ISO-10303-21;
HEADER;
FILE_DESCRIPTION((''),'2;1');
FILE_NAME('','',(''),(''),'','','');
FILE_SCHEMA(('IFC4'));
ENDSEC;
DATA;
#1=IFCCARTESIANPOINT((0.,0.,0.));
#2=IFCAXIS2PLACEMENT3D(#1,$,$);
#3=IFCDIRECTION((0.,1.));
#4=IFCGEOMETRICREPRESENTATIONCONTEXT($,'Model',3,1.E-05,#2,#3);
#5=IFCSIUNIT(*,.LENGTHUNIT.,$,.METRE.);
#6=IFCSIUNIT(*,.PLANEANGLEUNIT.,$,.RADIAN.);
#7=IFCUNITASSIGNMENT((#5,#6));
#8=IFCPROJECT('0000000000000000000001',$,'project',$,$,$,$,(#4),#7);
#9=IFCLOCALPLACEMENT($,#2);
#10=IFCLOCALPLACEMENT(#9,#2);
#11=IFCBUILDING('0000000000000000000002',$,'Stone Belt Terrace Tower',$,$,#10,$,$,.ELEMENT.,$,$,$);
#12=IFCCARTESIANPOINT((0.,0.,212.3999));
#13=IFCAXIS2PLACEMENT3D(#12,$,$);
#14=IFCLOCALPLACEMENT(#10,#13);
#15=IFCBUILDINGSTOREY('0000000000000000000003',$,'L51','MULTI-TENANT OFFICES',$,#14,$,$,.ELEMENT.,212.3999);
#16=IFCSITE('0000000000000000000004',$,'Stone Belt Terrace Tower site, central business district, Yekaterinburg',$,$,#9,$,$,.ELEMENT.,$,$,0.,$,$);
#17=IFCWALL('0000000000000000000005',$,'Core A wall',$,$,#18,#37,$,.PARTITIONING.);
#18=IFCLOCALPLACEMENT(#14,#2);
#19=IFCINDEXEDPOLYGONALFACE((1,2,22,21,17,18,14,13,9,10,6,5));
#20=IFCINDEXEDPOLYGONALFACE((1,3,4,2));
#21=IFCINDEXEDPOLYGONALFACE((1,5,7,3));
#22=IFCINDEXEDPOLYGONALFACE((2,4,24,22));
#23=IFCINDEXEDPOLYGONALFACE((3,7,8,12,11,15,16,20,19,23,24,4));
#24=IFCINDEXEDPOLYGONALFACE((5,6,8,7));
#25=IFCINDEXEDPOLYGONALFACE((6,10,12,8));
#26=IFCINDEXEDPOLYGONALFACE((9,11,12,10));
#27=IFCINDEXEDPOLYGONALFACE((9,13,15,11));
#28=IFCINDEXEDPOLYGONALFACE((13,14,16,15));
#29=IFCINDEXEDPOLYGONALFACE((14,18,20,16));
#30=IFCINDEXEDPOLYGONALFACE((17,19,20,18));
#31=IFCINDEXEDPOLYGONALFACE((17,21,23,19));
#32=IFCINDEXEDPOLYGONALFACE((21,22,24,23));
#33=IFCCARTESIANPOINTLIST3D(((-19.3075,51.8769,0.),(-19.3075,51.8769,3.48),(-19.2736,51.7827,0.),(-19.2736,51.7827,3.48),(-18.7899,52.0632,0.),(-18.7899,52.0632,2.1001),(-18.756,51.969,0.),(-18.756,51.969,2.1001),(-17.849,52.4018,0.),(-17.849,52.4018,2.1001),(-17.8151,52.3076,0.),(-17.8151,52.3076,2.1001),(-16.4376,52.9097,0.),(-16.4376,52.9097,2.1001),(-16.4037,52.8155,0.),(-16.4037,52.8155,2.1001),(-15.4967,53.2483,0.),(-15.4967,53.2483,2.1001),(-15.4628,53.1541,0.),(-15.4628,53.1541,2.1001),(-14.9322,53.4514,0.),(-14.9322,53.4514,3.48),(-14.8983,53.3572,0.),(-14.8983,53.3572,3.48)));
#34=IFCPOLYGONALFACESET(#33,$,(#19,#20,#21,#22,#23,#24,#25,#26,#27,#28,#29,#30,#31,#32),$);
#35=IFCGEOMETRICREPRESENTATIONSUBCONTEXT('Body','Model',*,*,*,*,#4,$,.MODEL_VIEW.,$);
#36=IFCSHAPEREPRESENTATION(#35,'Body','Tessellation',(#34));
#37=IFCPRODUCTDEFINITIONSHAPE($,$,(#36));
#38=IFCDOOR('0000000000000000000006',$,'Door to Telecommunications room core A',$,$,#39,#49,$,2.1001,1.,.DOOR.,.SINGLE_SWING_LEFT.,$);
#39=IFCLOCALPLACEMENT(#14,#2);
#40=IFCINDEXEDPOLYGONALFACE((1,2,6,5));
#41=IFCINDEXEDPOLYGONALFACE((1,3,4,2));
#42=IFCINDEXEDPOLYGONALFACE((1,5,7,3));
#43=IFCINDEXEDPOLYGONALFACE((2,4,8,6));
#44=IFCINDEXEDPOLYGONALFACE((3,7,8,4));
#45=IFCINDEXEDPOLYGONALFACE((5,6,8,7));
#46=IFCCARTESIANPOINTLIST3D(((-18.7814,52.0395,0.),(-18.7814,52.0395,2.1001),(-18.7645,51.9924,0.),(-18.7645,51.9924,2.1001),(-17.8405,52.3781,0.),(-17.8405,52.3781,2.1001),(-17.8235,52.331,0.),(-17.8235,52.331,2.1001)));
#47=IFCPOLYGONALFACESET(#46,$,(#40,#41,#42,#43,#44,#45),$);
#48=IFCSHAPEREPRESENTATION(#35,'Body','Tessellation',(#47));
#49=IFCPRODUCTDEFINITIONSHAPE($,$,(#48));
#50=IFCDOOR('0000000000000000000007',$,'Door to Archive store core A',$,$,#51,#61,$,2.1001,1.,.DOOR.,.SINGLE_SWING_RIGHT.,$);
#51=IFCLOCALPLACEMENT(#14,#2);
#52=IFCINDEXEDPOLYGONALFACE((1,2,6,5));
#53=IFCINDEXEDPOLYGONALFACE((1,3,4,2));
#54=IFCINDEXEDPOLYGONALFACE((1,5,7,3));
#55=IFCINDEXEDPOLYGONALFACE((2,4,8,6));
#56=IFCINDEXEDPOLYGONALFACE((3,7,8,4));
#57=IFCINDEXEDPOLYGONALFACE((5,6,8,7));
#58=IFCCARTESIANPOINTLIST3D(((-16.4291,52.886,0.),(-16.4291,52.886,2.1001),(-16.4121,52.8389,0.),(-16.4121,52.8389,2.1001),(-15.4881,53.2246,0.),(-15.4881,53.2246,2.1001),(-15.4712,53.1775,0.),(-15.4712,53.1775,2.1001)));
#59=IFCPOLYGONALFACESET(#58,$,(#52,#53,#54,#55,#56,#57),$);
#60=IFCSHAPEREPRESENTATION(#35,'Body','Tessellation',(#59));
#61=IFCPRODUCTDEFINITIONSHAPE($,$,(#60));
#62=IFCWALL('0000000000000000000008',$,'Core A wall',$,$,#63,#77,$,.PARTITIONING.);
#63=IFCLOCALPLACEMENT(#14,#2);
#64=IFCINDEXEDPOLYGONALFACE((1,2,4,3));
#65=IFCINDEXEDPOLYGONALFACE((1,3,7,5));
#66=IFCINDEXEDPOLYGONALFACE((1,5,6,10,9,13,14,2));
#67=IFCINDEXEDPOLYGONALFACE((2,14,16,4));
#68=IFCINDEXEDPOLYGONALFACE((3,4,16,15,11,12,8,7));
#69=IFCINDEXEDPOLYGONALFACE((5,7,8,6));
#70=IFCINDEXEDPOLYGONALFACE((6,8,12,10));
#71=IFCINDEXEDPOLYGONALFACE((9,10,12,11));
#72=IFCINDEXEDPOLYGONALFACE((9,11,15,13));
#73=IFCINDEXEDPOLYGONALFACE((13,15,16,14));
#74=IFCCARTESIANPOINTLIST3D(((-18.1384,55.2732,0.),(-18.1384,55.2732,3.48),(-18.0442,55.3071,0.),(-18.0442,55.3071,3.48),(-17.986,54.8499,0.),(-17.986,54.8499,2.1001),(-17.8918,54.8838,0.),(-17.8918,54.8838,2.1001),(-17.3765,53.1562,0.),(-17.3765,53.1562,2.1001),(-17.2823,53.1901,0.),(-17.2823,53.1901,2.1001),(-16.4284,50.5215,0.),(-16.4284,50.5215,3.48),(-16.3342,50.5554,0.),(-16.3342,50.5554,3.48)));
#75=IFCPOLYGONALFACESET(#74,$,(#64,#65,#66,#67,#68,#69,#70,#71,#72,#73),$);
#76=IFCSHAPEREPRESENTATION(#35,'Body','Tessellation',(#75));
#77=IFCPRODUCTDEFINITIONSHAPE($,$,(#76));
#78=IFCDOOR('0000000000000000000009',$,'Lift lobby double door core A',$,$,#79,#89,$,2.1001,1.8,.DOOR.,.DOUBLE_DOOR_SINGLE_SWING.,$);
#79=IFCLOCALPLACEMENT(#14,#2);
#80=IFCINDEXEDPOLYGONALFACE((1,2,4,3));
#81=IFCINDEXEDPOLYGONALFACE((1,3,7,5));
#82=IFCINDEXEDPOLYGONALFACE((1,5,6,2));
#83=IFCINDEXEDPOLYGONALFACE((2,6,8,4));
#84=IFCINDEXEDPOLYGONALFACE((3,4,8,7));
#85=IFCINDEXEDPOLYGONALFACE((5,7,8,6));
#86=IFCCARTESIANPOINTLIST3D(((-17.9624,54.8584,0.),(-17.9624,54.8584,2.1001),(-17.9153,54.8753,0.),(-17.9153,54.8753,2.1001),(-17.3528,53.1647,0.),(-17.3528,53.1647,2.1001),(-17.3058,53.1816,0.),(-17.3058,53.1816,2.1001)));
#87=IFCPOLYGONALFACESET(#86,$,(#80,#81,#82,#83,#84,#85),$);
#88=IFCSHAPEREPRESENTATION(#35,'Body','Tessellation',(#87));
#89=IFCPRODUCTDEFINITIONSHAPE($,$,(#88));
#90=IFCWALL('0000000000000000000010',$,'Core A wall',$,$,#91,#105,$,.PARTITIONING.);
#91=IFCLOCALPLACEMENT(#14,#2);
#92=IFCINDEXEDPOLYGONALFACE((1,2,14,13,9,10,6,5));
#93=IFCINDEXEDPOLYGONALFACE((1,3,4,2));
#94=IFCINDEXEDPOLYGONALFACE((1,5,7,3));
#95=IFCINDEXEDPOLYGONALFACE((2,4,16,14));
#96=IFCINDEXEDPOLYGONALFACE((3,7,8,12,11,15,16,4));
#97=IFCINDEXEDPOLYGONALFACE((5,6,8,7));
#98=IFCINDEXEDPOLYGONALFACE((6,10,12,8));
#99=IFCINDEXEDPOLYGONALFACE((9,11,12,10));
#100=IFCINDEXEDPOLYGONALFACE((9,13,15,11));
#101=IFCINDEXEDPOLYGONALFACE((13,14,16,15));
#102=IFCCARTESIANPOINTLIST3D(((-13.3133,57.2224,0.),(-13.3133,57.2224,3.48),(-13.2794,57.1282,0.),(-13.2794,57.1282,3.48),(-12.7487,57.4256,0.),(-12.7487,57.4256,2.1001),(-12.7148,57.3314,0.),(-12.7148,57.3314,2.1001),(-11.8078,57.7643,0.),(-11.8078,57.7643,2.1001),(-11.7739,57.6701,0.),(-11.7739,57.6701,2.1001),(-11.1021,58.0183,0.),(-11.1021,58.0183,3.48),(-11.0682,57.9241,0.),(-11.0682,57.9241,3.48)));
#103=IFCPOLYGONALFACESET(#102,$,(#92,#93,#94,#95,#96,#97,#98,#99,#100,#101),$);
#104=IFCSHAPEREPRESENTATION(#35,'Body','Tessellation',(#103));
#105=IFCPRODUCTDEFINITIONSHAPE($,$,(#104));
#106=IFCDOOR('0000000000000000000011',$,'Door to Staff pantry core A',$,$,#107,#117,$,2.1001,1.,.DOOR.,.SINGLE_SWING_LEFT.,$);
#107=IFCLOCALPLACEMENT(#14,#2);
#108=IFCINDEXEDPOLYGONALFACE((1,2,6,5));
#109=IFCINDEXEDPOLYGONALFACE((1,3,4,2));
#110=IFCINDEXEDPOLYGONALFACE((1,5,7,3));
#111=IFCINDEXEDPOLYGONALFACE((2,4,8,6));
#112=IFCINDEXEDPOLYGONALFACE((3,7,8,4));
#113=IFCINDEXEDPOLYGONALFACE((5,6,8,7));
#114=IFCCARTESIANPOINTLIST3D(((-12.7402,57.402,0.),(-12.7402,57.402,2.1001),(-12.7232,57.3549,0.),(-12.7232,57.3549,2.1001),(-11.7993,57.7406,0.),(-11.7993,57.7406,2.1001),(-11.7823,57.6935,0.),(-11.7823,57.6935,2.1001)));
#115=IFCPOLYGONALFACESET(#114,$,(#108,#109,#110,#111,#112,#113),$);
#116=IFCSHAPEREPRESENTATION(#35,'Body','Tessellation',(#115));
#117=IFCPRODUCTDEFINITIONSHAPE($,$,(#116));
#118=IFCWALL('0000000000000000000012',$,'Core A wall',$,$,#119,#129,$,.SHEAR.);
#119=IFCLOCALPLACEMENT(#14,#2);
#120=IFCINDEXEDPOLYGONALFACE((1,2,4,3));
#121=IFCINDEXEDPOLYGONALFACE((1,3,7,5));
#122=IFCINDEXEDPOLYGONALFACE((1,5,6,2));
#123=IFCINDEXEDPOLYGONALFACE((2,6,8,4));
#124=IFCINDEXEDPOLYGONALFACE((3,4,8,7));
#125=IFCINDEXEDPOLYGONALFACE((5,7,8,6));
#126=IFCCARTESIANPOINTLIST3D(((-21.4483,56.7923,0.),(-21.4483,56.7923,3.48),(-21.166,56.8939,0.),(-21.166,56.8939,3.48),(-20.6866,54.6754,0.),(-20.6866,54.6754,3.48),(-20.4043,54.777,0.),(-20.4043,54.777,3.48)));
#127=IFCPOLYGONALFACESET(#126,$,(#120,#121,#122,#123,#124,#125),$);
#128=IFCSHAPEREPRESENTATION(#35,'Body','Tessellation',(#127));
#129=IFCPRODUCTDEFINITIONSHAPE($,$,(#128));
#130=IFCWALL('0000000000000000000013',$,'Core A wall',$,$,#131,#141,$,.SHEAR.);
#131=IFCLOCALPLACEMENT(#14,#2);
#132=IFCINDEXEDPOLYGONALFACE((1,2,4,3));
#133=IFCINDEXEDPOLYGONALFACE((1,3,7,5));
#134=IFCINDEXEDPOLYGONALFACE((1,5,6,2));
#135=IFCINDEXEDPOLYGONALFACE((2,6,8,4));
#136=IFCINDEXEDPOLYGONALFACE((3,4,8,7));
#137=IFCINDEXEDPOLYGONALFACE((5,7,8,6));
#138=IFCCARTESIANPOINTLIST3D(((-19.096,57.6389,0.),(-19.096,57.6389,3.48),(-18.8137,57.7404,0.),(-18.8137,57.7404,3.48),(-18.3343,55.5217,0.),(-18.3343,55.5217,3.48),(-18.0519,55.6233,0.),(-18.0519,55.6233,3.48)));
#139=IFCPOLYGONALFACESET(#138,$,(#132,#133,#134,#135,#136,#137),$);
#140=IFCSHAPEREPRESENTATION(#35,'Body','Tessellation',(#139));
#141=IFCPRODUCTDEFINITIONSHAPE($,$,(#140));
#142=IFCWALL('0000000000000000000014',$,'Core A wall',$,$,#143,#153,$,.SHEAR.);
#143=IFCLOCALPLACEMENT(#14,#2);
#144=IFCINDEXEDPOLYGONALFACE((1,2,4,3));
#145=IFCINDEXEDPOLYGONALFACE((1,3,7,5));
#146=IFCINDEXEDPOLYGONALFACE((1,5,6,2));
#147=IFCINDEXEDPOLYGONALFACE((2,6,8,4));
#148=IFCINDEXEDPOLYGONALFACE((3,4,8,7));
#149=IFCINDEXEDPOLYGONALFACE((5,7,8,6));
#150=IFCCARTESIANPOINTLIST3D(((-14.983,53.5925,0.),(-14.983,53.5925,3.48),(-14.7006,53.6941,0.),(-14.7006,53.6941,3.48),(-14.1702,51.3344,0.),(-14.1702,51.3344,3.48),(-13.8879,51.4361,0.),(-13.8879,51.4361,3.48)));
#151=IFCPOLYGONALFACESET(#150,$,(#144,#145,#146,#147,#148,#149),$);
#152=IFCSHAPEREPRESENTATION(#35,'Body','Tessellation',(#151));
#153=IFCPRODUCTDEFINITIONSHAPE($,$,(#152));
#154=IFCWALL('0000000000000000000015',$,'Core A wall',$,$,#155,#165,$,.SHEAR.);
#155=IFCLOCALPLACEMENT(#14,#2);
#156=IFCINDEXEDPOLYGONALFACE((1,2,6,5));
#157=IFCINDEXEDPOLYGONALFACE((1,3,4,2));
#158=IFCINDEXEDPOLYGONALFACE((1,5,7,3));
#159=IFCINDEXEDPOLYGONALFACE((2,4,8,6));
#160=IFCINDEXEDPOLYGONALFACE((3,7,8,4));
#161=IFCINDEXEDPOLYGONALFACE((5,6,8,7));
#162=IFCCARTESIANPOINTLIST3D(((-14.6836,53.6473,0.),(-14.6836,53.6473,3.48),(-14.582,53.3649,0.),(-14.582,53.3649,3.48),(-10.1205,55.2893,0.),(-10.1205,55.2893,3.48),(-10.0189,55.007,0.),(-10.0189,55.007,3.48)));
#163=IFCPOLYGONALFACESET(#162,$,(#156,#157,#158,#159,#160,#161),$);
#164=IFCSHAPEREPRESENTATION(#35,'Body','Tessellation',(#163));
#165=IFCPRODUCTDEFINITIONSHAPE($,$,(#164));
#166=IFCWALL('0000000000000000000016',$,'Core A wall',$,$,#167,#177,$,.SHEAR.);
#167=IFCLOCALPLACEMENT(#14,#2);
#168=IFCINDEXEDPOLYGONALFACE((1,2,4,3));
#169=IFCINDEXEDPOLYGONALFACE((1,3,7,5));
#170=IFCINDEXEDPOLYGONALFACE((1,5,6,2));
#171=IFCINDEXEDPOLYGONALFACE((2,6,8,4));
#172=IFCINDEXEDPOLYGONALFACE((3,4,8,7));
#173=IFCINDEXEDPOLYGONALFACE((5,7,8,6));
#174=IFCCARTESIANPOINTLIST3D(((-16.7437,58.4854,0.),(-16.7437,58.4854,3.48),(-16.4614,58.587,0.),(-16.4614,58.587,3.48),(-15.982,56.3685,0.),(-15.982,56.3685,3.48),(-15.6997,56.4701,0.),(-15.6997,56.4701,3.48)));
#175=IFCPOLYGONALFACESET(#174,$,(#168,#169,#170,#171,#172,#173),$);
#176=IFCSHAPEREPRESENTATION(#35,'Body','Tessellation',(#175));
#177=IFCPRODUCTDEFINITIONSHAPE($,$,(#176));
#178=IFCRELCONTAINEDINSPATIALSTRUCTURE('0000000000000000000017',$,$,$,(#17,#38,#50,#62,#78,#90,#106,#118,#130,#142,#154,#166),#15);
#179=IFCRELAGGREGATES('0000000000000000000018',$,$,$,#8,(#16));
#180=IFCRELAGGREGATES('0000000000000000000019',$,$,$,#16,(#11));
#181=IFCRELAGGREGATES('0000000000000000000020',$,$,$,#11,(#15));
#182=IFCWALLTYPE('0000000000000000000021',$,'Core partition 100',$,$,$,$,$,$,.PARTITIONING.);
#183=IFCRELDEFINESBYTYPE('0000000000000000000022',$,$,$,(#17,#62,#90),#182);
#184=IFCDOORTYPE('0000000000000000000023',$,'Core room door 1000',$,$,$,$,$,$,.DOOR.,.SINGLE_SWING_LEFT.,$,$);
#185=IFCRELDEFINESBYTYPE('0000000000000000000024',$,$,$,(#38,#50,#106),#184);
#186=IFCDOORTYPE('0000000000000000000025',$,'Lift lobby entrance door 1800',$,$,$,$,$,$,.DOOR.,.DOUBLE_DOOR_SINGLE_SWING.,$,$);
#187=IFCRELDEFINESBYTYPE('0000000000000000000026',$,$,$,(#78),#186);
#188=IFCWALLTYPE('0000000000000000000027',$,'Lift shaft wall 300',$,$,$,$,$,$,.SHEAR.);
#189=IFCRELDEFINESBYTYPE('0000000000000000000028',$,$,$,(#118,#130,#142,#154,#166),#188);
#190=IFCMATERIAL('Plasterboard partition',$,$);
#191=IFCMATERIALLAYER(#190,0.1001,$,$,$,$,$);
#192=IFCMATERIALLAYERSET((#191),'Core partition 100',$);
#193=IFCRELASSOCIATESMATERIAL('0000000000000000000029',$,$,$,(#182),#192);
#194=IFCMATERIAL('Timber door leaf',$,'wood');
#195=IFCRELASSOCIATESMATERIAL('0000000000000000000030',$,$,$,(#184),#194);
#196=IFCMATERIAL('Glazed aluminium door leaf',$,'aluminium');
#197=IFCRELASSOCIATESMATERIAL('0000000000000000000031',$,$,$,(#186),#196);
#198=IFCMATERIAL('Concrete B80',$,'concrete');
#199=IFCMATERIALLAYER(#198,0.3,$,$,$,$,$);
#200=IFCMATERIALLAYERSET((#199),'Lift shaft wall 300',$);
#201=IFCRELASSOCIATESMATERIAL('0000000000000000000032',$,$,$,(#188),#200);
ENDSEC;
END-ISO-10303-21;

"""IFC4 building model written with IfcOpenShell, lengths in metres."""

from ifc_helpers import new_model, si_unit, direction, frame, frame_2d, origin, place, context, subcontext, project, spatial, rectangle, extrude, material, layer, layer_set, type_object, element, fill, save


model = new_model("IFC4")

# Units and contexts
model_context = context("Model", 3, precision=1e-05, world=origin(), true_north=direction((0.0, 1.0)))
body_context = subcontext(model_context, "Body", "Model", "MODEL_VIEW")
ifc_project = project(units=[si_unit("LENGTHUNIT", "METRE"), si_unit("PLANEANGLEUNIT", "RADIAN")], contexts=[model_context])

# Site, building, storey
site_placement = place(None, origin())
site = spatial("IfcSite", under=ifc_project, at=site_placement, Name="Stone Belt Terrace Tower site, central business district, Yekaterinburg", CompositionType="ELEMENT", RefElevation=0.0)
building_placement = place(site_placement, origin())
building = spatial("IfcBuilding", under=site, at=building_placement, Name="Stone Belt Terrace Tower", CompositionType="ELEMENT")
storey_placement = place(building_placement, frame((0.0, 0.0, 212.3999)))
storey = spatial("IfcBuildingStorey", under=building, at=storey_placement, Name="L51", Description="MULTI-TENANT OFFICES", CompositionType="ELEMENT", Elevation=212.3999)

# Wall, openings, doors
ifc_material_1 = material(Name="Plasterboard partition")
ifc_layer_1 = layer(ifc_material_1, 0.1001)
ifc_layer_set_1 = layer_set([ifc_layer_1], Name="Core partition 100")
wall_type_1 = type_object("IfcWallType", Name="Core partition 100", PredefinedType="PARTITIONING", material=ifc_layer_set_1)
wall_1_placement = place(storey_placement, frame((-19.2905, 51.8298, 0.0), z_axis=(0.0, 0.0, 1.0), x_axis=(0.94093, 0.3386, 0.0)))
wall_1 = element("IfcWall", 1, at=wall_1_placement, inside=storey, type_object=wall_type_1, Name="Core A wall", PredefinedType="PARTITIONING", context=body_context, shape_type="SweptSolid", body=[
    extrude(rectangle(XDim=4.6499, YDim=0.1001, at=frame_2d((2.325, 0.0))), origin(), (0.0, 0.0, 1.0), 3.48),
])
opening_1_placement = place(wall_1_placement, frame((0.55, 0.0, 0.0)))
opening_1 = element("IfcOpeningElement", 2, at=opening_1_placement, cuts=wall_1, PredefinedType="OPENING", context=body_context, shape_type="SweptSolid", body=[
    extrude(rectangle(XDim=1.0, YDim=2.1001, at=frame_2d((0.5, 1.05))), frame((0.0, 0.0601, 0.0), z_axis=(0.0, -1.0, 0.0), x_axis=(1.0, 0.0, 0.0)), (0.0, 0.0, 1.0), 0.1201),
])
opening_2_placement = place(wall_1_placement, frame((3.05, 0.0, 0.0)))
opening_2 = element("IfcOpeningElement", 3, at=opening_2_placement, cuts=wall_1, PredefinedType="OPENING", context=body_context, shape_type="SweptSolid", body=[
    extrude(rectangle(XDim=1.0, YDim=2.1001, at=frame_2d((0.5, 1.05))), frame((0.0, 0.0601, 0.0), z_axis=(0.0, -1.0, 0.0), x_axis=(1.0, 0.0, 0.0)), (0.0, 0.0, 1.0), 0.1201),
])
ifc_material_2 = material(Name="Timber door leaf", Category="wood")
door_type_1 = type_object("IfcDoorType", Name="Core room door 1000", OperationType="SINGLE_SWING_LEFT", PredefinedType="DOOR", material=ifc_material_2)
door_1_placement = place(opening_1_placement, origin())
door_1 = element("IfcDoor", 4, at=door_1_placement, inside=storey, type_object=door_type_1, Name="Door to Telecommunications room core A", OperationType="SINGLE_SWING_LEFT", OverallHeight=2.1001, OverallWidth=1.0, PredefinedType="DOOR", context=body_context, shape_type="SweptSolid", body=[
    extrude(rectangle(XDim=1.0, YDim=2.1001, at=frame_2d((0.5, 1.05))), frame((0.0, 0.0249, 0.0), z_axis=(0.0, -1.0, 0.0), x_axis=(1.0, 0.0, 0.0)), (0.0, 0.0, 1.0), 0.05),
])
fill(opening_1, door_1)
door_2_placement = place(opening_2_placement, origin())
door_2 = element("IfcDoor", 5, at=door_2_placement, inside=storey, type_object=door_type_1, Name="Door to Archive store core A", OperationType="SINGLE_SWING_RIGHT", OverallHeight=2.1001, OverallWidth=1.0, PredefinedType="DOOR", context=body_context, shape_type="SweptSolid", body=[
    extrude(rectangle(XDim=1.0, YDim=2.1001, at=frame_2d((0.5, 1.05))), frame((0.0, 0.0249, 0.0), z_axis=(0.0, -1.0, 0.0), x_axis=(1.0, 0.0, 0.0)), (0.0, 0.0, 1.0), 0.05),
])
fill(opening_2, door_2)

# Walls, openings, doors
wall_2_placement = place(storey_placement, frame((-16.3813, 50.5386, 0.0), z_axis=(0.0, 0.0, 1.0), x_axis=(-0.338605, 0.940929, 0.0)))
wall_2 = element("IfcWall", 6, at=wall_2_placement, inside=storey, type_object=wall_type_1, Name="Core A wall", PredefinedType="PARTITIONING", context=body_context, shape_type="SweptSolid", body=[
    extrude(rectangle(XDim=5.05, YDim=0.1001, at=frame_2d((2.5249, 0.0))), origin(), (0.0, 0.0, 1.0), 3.48),
])
opening_3_placement = place(wall_2_placement, frame((2.8, 0.0, 0.0)))
opening_3 = element("IfcOpeningElement", 7, at=opening_3_placement, cuts=wall_2, PredefinedType="OPENING", context=body_context, shape_type="SweptSolid", body=[
    extrude(rectangle(XDim=1.8, YDim=2.1001, at=frame_2d((0.8999, 1.05))), frame((0.0, 0.0601, 0.0), z_axis=(0.0, -1.0, 0.0), x_axis=(1.0, 0.0, 0.0)), (0.0, 0.0, 1.0), 0.1201),
])
ifc_material_3 = material(Name="Glazed aluminium door leaf", Category="aluminium")
door_type_2 = type_object("IfcDoorType", Name="Lift lobby entrance door 1800", OperationType="DOUBLE_DOOR_SINGLE_SWING", PredefinedType="DOOR", material=ifc_material_3)
door_3_placement = place(opening_3_placement, origin())
door_3 = element("IfcDoor", 8, at=door_3_placement, inside=storey, type_object=door_type_2, Name="Lift lobby double door core A", OperationType="DOUBLE_DOOR_SINGLE_SWING", OverallHeight=2.1001, OverallWidth=1.8, PredefinedType="DOOR", context=body_context, shape_type="SweptSolid", body=[
    extrude(rectangle(XDim=1.8, YDim=2.1001, at=frame_2d((0.8999, 1.05))), frame((0.0, 0.0249, 0.0), z_axis=(0.0, -1.0, 0.0), x_axis=(1.0, 0.0, 0.0)), (0.0, 0.0, 1.0), 0.05),
])
fill(opening_3, door_3)
wall_3_placement = place(storey_placement, frame((-13.2964, 57.1753, 0.0), z_axis=(0.0, 0.0, 1.0), x_axis=(0.940905, 0.338672, 0.0)))
wall_3 = element("IfcWall", 9, at=wall_3_placement, inside=storey, type_object=wall_type_1, Name="Core A wall", PredefinedType="PARTITIONING", context=body_context, shape_type="SweptSolid", body=[
    extrude(rectangle(XDim=2.3501, YDim=0.1001, at=frame_2d((1.175, 0.0))), origin(), (0.0, 0.0, 1.0), 3.48),
])
opening_4_placement = place(wall_3_placement, frame((0.6001, 0.0, 0.0)))
opening_4 = element("IfcOpeningElement", 10, at=opening_4_placement, cuts=wall_3, PredefinedType="OPENING", context=body_context, shape_type="SweptSolid", body=[
    extrude(rectangle(XDim=1.0, YDim=2.1001, at=frame_2d((0.5, 1.05))), frame((0.0, 0.0601, 0.0), z_axis=(0.0, -1.0, 0.0), x_axis=(1.0, 0.0, 0.0)), (0.0, 0.0, 1.0), 0.1201),
])
door_4_placement = place(opening_4_placement, origin())
door_4 = element("IfcDoor", 11, at=door_4_placement, inside=storey, type_object=door_type_1, Name="Door to Staff pantry core A", OperationType="SINGLE_SWING_LEFT", OverallHeight=2.1001, OverallWidth=1.0, PredefinedType="DOOR", context=body_context, shape_type="SweptSolid", body=[
    extrude(rectangle(XDim=1.0, YDim=2.1001, at=frame_2d((0.5, 1.05))), frame((0.0, 0.0249, 0.0), z_axis=(0.0, -1.0, 0.0), x_axis=(1.0, 0.0, 0.0)), (0.0, 0.0, 1.0), 0.05),
])
fill(opening_4, door_4)

# Walls
ifc_material_4 = material(Name="Concrete B80", Category="concrete")
ifc_layer_2 = layer(ifc_material_4, 0.3)
ifc_layer_set_2 = layer_set([ifc_layer_2], Name="Lift shaft wall 300")
wall_type_2 = type_object("IfcWallType", Name="Lift shaft wall 300", PredefinedType="SHEAR", material=ifc_layer_set_2)
wall_4_placement = place(storey_placement, frame((-20.5454, 54.7261, 0.0), z_axis=(0.0, 0.0, 1.0), x_axis=(-0.33857, 0.940941, 0.0)))
element("IfcWall", 12, at=wall_4_placement, inside=storey, type_object=wall_type_2, Name="Core A wall", PredefinedType="SHEAR", context=body_context, shape_type="SweptSolid", body=[
    extrude(rectangle(XDim=2.2498, YDim=0.3, at=frame_2d((1.125, 0.0))), origin(), (0.0, 0.0, 1.0), 3.48),
])
wall_5_placement = place(storey_placement, frame((-18.1931, 55.5725, 0.0), z_axis=(0.0, 0.0, 1.0), x_axis=(-0.338535, 0.940954, 0.0)))
element("IfcWall", 13, at=wall_5_placement, inside=storey, type_object=wall_type_2, Name="Core A wall", PredefinedType="SHEAR", context=body_context, shape_type="SweptSolid", body=[
    extrude(rectangle(XDim=2.25, YDim=0.3, at=frame_2d((1.125, 0.0))), origin(), (0.0, 0.0, 1.0), 3.48),
])
wall_6_placement = place(storey_placement, frame((-14.0291, 51.3853, 0.0), z_axis=(0.0, 0.0, 1.0), x_axis=(-0.338662, 0.940908, 0.0)))
element("IfcWall", 14, at=wall_6_placement, inside=storey, type_object=wall_type_2, Name="Core A wall", PredefinedType="SHEAR", context=body_context, shape_type="SweptSolid", body=[
    extrude(rectangle(XDim=2.3999, YDim=0.3, at=frame_2d((1.2, 0.0))), origin(), (0.0, 0.0, 1.0), 3.48),
])
wall_7_placement = place(storey_placement, frame((-14.6328, 53.5061, 0.0), z_axis=(0.0, 0.0, 1.0), x_axis=(0.940932, 0.338596, 0.0)))
element("IfcWall", 15, at=wall_7_placement, inside=storey, type_object=wall_type_2, Name="Core A wall", PredefinedType="SHEAR", context=body_context, shape_type="SweptSolid", body=[
    extrude(rectangle(XDim=4.8496, YDim=0.3, at=frame_2d((2.4248, 0.0))), origin(), (0.0, 0.0, 1.0), 3.48),
])
wall_8_placement = place(storey_placement, frame((-15.8408, 56.4192, 0.0), z_axis=(0.0, 0.0, 1.0), x_axis=(-0.33857, 0.940941, 0.0)))
element("IfcWall", 16, at=wall_8_placement, inside=storey, type_object=wall_type_2, Name="Core A wall", PredefinedType="SHEAR", context=body_context, shape_type="SweptSolid", body=[
    extrude(rectangle(XDim=2.2498, YDim=0.3, at=frame_2d((1.125, 0.0))), origin(), (0.0, 0.0, 1.0), 3.48),
])

save(model, "model.ifc")
